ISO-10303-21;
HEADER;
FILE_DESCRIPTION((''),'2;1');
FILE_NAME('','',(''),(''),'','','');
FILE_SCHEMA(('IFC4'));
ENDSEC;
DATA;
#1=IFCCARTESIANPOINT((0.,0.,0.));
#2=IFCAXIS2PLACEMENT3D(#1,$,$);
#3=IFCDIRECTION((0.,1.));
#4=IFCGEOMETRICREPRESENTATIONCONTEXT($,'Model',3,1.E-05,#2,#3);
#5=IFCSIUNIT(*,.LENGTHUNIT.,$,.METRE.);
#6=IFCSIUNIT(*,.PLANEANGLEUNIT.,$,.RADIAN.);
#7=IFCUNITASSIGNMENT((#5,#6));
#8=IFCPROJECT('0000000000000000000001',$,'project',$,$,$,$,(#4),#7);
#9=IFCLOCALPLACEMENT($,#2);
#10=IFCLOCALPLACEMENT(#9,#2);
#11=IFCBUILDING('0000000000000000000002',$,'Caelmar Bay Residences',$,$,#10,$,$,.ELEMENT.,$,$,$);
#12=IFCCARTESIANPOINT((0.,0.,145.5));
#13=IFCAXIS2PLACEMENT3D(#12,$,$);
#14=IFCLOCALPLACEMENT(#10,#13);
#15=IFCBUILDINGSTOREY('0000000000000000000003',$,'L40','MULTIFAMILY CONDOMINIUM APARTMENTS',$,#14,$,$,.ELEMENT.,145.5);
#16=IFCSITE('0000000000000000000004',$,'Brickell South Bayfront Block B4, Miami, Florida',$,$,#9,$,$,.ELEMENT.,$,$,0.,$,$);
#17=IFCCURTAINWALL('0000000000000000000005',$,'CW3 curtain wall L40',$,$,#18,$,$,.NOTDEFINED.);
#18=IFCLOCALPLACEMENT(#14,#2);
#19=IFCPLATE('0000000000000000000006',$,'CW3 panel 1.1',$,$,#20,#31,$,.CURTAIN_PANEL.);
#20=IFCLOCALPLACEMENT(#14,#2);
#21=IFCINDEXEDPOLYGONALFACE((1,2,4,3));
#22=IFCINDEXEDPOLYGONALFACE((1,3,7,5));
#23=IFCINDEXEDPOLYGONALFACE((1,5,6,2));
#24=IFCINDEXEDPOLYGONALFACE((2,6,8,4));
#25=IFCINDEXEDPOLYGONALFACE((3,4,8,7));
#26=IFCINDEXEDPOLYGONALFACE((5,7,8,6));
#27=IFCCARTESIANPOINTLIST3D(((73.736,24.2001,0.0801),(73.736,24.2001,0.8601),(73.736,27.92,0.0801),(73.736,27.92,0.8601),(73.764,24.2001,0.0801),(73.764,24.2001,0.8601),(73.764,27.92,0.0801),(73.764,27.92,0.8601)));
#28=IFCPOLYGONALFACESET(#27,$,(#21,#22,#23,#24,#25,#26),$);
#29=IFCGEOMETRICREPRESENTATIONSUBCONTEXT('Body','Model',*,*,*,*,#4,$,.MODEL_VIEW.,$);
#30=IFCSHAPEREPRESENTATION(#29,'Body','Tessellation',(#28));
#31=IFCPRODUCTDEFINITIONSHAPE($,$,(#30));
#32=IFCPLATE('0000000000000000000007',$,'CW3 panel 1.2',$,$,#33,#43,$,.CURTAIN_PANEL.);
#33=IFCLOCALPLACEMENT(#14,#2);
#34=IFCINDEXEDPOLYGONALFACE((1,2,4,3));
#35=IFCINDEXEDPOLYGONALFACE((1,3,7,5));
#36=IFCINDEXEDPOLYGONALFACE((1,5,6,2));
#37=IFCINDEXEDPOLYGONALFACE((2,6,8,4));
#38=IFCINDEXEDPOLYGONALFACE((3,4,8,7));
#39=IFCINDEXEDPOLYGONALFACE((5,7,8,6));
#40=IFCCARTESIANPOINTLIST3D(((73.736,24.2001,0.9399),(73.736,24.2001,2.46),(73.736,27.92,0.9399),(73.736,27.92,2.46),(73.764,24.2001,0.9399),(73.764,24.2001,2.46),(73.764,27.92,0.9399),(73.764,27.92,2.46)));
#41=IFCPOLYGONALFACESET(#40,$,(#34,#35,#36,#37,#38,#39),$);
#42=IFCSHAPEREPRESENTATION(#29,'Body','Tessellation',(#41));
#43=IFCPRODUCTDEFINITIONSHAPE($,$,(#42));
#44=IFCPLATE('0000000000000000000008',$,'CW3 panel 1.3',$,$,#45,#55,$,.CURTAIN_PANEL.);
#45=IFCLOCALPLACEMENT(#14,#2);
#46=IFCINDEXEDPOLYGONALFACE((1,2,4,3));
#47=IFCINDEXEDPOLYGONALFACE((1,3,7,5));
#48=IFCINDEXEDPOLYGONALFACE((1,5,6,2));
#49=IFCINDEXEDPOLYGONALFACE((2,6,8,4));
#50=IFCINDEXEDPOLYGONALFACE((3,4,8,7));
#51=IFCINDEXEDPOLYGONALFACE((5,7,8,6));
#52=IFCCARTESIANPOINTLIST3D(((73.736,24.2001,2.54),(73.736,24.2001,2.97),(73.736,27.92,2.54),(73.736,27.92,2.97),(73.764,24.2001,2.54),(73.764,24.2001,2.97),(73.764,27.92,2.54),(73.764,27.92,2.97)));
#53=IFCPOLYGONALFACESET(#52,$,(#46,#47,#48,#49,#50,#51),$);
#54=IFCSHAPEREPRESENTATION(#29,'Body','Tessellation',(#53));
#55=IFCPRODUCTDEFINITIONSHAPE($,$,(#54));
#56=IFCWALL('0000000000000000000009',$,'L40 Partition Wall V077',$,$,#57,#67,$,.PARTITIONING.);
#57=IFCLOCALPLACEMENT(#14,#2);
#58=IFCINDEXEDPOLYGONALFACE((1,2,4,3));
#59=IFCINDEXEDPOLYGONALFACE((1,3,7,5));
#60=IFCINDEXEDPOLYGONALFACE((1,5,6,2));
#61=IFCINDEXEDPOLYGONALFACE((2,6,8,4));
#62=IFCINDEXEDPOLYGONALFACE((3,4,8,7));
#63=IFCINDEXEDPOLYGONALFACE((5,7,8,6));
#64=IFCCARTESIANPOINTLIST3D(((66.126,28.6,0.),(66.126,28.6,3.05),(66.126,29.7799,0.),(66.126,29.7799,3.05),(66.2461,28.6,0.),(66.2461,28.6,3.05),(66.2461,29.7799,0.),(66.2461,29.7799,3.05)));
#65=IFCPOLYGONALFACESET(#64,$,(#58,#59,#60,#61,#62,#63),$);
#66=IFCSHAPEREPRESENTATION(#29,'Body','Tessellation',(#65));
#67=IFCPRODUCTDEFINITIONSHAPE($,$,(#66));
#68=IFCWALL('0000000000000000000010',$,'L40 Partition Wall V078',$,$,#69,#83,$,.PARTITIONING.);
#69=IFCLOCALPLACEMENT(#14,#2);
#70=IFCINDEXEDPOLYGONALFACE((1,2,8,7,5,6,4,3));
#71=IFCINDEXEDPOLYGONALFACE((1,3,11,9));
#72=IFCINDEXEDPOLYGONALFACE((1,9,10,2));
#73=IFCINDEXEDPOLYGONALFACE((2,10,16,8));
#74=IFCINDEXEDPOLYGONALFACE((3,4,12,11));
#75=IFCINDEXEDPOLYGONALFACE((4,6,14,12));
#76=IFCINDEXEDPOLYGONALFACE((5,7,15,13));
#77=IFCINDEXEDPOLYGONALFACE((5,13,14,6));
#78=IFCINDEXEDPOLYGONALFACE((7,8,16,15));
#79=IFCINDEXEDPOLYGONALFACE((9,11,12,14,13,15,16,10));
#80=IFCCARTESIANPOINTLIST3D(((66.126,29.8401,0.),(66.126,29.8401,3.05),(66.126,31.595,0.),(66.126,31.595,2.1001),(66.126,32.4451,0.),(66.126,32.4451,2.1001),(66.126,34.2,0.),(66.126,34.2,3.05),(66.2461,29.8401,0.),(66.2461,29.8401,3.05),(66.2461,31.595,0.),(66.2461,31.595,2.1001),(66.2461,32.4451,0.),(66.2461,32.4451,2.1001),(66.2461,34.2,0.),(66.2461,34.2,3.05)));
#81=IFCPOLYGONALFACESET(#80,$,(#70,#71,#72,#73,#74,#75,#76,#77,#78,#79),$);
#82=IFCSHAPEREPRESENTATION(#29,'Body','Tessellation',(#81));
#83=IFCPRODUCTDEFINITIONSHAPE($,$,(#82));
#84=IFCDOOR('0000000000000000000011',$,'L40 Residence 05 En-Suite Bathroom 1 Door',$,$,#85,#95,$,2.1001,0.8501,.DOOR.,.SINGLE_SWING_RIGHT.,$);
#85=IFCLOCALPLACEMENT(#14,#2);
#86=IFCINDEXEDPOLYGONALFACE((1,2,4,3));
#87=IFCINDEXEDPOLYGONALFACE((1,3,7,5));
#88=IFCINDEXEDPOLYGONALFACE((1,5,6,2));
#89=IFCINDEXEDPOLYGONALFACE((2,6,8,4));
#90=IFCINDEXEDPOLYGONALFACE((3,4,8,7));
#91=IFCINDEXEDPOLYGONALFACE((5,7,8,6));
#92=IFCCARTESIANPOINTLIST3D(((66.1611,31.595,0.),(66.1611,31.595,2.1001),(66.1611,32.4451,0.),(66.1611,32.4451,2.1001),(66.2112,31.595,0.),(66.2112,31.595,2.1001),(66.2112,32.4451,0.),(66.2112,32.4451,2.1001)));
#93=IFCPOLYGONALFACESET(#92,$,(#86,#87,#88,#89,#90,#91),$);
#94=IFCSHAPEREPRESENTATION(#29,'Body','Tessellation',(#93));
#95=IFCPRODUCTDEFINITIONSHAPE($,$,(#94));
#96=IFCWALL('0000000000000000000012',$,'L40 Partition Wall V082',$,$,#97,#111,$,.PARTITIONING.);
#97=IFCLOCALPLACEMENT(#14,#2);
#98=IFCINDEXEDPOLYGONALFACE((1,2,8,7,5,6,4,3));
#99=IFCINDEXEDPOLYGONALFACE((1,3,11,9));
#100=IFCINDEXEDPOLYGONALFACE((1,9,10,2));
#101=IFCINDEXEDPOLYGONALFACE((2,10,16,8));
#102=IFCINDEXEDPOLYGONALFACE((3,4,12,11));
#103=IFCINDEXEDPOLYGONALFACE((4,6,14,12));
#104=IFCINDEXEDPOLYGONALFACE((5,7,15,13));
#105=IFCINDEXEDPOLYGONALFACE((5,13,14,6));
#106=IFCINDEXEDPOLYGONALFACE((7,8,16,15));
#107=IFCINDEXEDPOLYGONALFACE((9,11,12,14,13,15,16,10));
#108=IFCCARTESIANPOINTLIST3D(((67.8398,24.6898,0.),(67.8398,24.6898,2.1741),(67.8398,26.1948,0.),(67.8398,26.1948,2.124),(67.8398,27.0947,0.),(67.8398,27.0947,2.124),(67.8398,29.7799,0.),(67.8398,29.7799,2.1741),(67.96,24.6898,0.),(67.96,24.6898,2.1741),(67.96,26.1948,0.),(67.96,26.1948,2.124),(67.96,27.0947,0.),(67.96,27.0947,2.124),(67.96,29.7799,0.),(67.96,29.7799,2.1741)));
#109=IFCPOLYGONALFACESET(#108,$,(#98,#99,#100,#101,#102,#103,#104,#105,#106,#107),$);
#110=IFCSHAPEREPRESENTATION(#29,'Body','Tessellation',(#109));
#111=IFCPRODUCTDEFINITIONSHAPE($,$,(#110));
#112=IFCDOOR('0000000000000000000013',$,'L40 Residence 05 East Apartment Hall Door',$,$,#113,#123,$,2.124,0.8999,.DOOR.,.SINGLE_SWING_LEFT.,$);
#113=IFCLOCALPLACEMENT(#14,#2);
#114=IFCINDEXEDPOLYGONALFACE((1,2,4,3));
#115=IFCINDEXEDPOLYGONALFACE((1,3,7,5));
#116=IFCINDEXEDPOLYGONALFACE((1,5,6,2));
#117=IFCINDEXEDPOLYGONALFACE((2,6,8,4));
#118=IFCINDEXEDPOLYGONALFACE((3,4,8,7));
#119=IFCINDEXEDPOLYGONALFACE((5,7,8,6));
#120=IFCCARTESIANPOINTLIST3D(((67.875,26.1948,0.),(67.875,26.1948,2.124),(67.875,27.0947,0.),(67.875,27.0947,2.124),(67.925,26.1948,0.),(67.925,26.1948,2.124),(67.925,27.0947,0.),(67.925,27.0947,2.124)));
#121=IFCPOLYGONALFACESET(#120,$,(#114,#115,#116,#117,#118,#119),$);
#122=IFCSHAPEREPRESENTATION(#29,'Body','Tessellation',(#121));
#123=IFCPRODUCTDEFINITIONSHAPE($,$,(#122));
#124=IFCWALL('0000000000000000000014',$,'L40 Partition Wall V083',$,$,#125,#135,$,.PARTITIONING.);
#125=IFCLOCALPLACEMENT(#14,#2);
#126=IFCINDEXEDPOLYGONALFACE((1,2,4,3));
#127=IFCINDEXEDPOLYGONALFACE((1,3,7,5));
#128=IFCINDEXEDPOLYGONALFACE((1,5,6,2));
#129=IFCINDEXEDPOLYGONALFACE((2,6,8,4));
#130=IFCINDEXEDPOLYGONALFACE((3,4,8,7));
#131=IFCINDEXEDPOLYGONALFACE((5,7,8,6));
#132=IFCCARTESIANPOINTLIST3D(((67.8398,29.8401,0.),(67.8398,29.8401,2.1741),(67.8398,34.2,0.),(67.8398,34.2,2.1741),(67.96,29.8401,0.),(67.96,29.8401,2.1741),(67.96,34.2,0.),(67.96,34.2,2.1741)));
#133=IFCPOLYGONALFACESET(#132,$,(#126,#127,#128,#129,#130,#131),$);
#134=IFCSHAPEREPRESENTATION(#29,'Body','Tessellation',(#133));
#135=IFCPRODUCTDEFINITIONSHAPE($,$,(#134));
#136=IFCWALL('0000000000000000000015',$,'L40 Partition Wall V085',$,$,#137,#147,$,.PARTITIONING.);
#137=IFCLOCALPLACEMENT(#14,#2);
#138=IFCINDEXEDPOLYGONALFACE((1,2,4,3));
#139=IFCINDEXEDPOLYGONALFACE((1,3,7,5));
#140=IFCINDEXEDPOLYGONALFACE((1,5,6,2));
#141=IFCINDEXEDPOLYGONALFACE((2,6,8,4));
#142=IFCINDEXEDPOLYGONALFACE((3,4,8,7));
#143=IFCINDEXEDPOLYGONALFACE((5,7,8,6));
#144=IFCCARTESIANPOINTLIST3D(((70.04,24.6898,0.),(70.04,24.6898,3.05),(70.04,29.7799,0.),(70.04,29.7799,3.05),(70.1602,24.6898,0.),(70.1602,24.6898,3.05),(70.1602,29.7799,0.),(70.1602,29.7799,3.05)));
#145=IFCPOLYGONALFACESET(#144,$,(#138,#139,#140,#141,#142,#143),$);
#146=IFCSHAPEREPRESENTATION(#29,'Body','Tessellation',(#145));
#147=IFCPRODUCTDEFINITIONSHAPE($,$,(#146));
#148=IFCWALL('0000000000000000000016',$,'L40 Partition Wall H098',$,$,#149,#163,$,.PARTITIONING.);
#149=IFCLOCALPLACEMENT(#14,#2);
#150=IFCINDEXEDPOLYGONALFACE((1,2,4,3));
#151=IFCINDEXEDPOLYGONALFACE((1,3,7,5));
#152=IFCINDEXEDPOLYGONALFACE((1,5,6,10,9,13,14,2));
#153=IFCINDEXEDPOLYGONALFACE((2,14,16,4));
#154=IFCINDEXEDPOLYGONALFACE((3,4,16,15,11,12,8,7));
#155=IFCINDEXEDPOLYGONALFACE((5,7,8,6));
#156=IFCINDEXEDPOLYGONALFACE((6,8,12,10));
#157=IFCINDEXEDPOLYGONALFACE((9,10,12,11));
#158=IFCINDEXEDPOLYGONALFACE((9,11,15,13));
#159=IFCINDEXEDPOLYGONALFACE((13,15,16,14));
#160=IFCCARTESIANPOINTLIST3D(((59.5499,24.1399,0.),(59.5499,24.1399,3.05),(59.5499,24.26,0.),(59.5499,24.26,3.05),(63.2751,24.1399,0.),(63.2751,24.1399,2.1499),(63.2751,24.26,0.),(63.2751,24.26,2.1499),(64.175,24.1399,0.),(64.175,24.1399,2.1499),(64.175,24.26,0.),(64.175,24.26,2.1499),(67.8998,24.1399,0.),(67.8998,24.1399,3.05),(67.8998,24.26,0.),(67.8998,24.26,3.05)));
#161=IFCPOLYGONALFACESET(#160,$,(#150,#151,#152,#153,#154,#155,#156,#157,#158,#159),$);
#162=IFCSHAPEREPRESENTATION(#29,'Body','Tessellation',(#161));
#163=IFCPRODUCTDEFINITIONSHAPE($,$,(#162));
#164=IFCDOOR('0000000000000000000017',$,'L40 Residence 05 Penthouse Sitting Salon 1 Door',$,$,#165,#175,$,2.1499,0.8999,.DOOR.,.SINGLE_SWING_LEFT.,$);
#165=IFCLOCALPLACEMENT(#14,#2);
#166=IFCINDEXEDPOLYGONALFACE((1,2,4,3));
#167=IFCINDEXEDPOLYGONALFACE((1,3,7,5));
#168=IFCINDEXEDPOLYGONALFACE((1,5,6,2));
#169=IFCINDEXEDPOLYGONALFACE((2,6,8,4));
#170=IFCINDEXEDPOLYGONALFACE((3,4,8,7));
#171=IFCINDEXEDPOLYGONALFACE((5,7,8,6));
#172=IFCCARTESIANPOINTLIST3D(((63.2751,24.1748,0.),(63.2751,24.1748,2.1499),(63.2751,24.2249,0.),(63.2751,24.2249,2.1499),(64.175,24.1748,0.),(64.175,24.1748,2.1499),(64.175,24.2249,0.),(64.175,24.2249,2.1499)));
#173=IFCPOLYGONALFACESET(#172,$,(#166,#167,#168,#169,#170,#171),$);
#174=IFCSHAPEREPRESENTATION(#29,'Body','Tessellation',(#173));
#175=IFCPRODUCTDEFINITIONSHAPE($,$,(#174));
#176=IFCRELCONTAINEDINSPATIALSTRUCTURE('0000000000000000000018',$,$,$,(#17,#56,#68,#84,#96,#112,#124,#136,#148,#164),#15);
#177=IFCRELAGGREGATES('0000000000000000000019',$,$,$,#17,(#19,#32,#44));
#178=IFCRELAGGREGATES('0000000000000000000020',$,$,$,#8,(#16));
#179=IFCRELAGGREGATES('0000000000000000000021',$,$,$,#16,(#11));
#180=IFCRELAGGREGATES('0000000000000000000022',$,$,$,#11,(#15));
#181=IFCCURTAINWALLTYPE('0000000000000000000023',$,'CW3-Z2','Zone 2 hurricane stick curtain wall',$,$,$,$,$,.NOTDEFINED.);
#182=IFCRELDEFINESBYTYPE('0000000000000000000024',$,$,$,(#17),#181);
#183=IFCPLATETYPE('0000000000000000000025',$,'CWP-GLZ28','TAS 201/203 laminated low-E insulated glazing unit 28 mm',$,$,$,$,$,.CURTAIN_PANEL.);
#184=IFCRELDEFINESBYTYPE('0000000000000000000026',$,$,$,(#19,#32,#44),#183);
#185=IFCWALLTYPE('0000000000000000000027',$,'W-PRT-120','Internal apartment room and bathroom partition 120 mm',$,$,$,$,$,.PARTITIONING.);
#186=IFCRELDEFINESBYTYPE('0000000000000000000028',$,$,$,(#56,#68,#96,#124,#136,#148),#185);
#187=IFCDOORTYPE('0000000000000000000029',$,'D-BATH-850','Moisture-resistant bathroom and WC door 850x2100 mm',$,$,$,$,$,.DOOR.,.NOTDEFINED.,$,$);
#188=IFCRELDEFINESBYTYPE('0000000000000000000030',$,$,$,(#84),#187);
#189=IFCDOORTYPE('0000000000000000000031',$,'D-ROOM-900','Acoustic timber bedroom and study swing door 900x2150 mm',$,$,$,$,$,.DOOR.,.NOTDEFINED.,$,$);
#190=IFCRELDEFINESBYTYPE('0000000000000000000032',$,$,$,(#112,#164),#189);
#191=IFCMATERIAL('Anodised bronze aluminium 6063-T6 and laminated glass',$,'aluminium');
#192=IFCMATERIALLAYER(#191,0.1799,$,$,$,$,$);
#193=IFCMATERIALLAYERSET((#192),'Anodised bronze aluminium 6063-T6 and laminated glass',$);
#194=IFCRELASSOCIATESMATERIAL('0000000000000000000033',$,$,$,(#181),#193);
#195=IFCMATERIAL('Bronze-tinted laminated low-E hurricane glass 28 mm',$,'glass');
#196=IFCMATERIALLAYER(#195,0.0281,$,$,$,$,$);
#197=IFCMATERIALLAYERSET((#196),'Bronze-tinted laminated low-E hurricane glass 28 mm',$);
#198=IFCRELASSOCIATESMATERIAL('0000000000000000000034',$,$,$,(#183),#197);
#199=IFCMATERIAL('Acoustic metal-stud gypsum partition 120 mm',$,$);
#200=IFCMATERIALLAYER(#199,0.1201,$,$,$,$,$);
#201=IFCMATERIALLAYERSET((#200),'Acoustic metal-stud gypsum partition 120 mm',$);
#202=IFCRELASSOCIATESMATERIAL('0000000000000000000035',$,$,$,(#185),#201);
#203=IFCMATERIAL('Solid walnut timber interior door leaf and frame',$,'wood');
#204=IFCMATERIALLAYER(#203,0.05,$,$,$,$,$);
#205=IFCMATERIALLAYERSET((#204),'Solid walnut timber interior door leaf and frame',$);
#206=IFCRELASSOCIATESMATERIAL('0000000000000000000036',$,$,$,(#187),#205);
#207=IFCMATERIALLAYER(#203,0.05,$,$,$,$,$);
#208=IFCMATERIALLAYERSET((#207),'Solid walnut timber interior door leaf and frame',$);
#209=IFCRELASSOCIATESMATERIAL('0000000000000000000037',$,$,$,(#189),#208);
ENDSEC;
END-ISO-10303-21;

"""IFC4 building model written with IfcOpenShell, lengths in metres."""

from ifc_helpers import new_model, si_unit, direction, frame, frame_2d, origin, origin_2d, place, context, subcontext, project, spatial, rectangle, extrude, material, layer, layer_set, type_object, element, fill, aggregate, save


model = new_model("IFC4")

# Units and contexts
model_context = context("Model", 3, precision=1e-05, world=origin(), true_north=direction((0.0, 1.0)))
body_context = subcontext(model_context, "Body", "Model", "MODEL_VIEW")
ifc_project = project(units=[si_unit("LENGTHUNIT", "METRE"), si_unit("PLANEANGLEUNIT", "RADIAN")], contexts=[model_context])

# Site, building, storey
site_placement = place(None, origin())
site = spatial("IfcSite", under=ifc_project, at=site_placement, Name="Brickell South Bayfront Block B4, Miami, Florida", CompositionType="ELEMENT", RefElevation=0.0)
building_placement = place(site_placement, origin())
building = spatial("IfcBuilding", under=site, at=building_placement, Name="Caelmar Bay Residences", CompositionType="ELEMENT")
storey_placement = place(building_placement, frame((0.0, 0.0, 145.5)))
storey = spatial("IfcBuildingStorey", under=building, at=storey_placement, Name="L40", Description="MULTIFAMILY CONDOMINIUM APARTMENTS", CompositionType="ELEMENT", Elevation=145.5)

# Curtain wall, plates
ifc_material_1 = material(Name="Anodised bronze aluminium 6063-T6 and laminated glass", Category="aluminium")
ifc_layer_1 = layer(ifc_material_1, 0.1799)
ifc_layer_set_1 = layer_set([ifc_layer_1], Name="Anodised bronze aluminium 6063-T6 and laminated glass")
curtain_wall_type = type_object("IfcCurtainWallType", Name="CW3-Z2", Description="Zone 2 hurricane stick curtain wall", PredefinedType="NOTDEFINED", material=ifc_layer_set_1)
curtain_wall_placement = place(storey_placement, origin())
curtain_wall = element("IfcCurtainWall", 1, at=curtain_wall_placement, inside=storey, type_object=curtain_wall_type, Name="CW3 curtain wall L40", PredefinedType="NOTDEFINED")
ifc_material_2 = material(Name="Bronze-tinted laminated low-E hurricane glass 28 mm", Category="glass")
ifc_layer_2 = layer(ifc_material_2, 0.0281)
ifc_layer_set_2 = layer_set([ifc_layer_2], Name="Bronze-tinted laminated low-E hurricane glass 28 mm")
plate_type = type_object("IfcPlateType", Name="CWP-GLZ28", Description="TAS 201/203 laminated low-E insulated glazing unit 28 mm", PredefinedType="CURTAIN_PANEL", material=ifc_layer_set_2)
plate_1_placement = place(storey_placement, frame((73.75, 26.0601, 0.0801), z_axis=(0.0, 0.0, 1.0), x_axis=(0.0, -1.0, 0.0)))
plate_1 = element("IfcPlate", 2, at=plate_1_placement, type_object=plate_type, Name="CW3 panel 1.1", PredefinedType="CURTAIN_PANEL", context=body_context, shape_type="SweptSolid", body=[
    extrude(rectangle(XDim=3.72, YDim=0.0281, at=origin_2d()), origin(), (0.0, 0.0, 1.0), 0.78),
])
plate_2_placement = place(storey_placement, frame((73.75, 26.0601, 0.9399), z_axis=(0.0, 0.0, 1.0), x_axis=(0.0, -1.0, 0.0)))
plate_2 = element("IfcPlate", 3, at=plate_2_placement, type_object=plate_type, Name="CW3 panel 1.2", PredefinedType="CURTAIN_PANEL", context=body_context, shape_type="SweptSolid", body=[
    extrude(rectangle(XDim=3.72, YDim=0.0281, at=origin_2d()), origin(), (0.0, 0.0, 1.0), 1.52),
])
plate_3_placement = place(storey_placement, frame((73.75, 26.0601, 2.54), z_axis=(0.0, 0.0, 1.0), x_axis=(0.0, -1.0, 0.0)))
plate_3 = element("IfcPlate", 4, at=plate_3_placement, type_object=plate_type, Name="CW3 panel 1.3", PredefinedType="CURTAIN_PANEL", context=body_context, shape_type="SweptSolid", body=[
    extrude(rectangle(XDim=3.72, YDim=0.0281, at=origin_2d()), origin(), (0.0, 0.0, 1.0), 0.4299),
])
aggregate(curtain_wall, [plate_1, plate_2, plate_3])

# Wall
ifc_material_3 = material(Name="Acoustic metal-stud gypsum partition 120 mm")
ifc_layer_3 = layer(ifc_material_3, 0.1201)
ifc_layer_set_3 = layer_set([ifc_layer_3], Name="Acoustic metal-stud gypsum partition 120 mm")
wall_type = type_object("IfcWallType", Name="W-PRT-120", Description="Internal apartment room and bathroom partition 120 mm", PredefinedType="PARTITIONING", material=ifc_layer_set_3)
wall_1_placement = place(storey_placement, frame((66.186, 28.6001, 0.0), z_axis=(0.0, 0.0, 1.0), x_axis=(0.0, 1.0, 0.0)))
element("IfcWall", 5, at=wall_1_placement, inside=storey, type_object=wall_type, Name="L40 Partition Wall V077", PredefinedType="PARTITIONING", context=body_context, shape_type="SweptSolid", body=[
    extrude(rectangle(XDim=1.1799, YDim=0.1201, at=frame_2d((0.5898, 0.0))), origin(), (0.0, 0.0, 1.0), 3.05),
])

# Walls, openings, doors
wall_2_placement = place(storey_placement, frame((66.186, 29.8401, 0.0), z_axis=(0.0, 0.0, 1.0), x_axis=(0.0, 1.0, 0.0)))
wall_2 = element("IfcWall", 6, at=wall_2_placement, inside=storey, type_object=wall_type, Name="L40 Partition Wall V078", PredefinedType="PARTITIONING", context=body_context, shape_type="SweptSolid", body=[
    extrude(rectangle(XDim=4.3599, YDim=0.1201, at=frame_2d((2.1799, 0.0))), origin(), (0.0, 0.0, 1.0), 3.05),
])
opening_1_placement = place(wall_2_placement, frame((1.7549, 0.0, 0.0)))
opening_1 = element("IfcOpeningElement", 7, at=opening_1_placement, cuts=wall_2, PredefinedType="OPENING", context=body_context, shape_type="SweptSolid", body=[
    extrude(rectangle(XDim=0.8501, YDim=2.1001, at=frame_2d((0.425, 1.05))), frame((0.0, 0.0701, 0.0), z_axis=(0.0, -1.0, 0.0), x_axis=(1.0, 0.0, 0.0)), (0.0, 0.0, 1.0), 0.1401),
])
ifc_material_4 = material(Name="Solid walnut timber interior door leaf and frame", Category="wood")
ifc_layer_4 = layer(ifc_material_4, 0.05)
ifc_layer_set_4 = layer_set([ifc_layer_4], Name="Solid walnut timber interior door leaf and frame")
door_type_1 = type_object("IfcDoorType", Name="D-BATH-850", Description="Moisture-resistant bathroom and WC door 850x2100 mm", OperationType="NOTDEFINED", PredefinedType="DOOR", material=ifc_layer_set_4)
door_1_placement = place(opening_1_placement, origin())
door_1 = element("IfcDoor", 8, at=door_1_placement, inside=storey, type_object=door_type_1, Name="L40 Residence 05 En-Suite Bathroom 1 Door", OperationType="SINGLE_SWING_RIGHT", OverallHeight=2.1001, OverallWidth=0.8501, PredefinedType="DOOR", context=body_context, shape_type="SweptSolid", body=[
    extrude(rectangle(XDim=0.8501, YDim=2.1001, at=frame_2d((0.425, 1.05))), frame((0.0, 0.0249, 0.0), z_axis=(0.0, -1.0, 0.0), x_axis=(1.0, 0.0, 0.0)), (0.0, 0.0, 1.0), 0.05),
])
fill(opening_1, door_1)
wall_3_placement = place(storey_placement, frame((67.8999, 24.6899, 0.0), z_axis=(0.0, 0.0, 1.0), x_axis=(0.0, 1.0, 0.0)))
wall_3 = element("IfcWall", 9, at=wall_3_placement, inside=storey, type_object=wall_type, Name="L40 Partition Wall V082", PredefinedType="PARTITIONING", context=body_context, shape_type="SweptSolid", body=[
    extrude(rectangle(XDim=5.0901, YDim=0.1201, at=frame_2d((2.5449, 0.0))), origin(), (0.0, 0.0, 1.0), 2.1741),
])
opening_2_placement = place(wall_3_placement, frame((1.5049, 0.0, 0.0)))
opening_2 = element("IfcOpeningElement", 10, at=opening_2_placement, cuts=wall_3, PredefinedType="OPENING", context=body_context, shape_type="SweptSolid", body=[
    extrude(rectangle(XDim=0.8999, YDim=2.124, at=frame_2d((0.45, 1.062))), frame((0.0, 0.0701, 0.0), z_axis=(0.0, -1.0, 0.0), x_axis=(1.0, 0.0, 0.0)), (0.0, 0.0, 1.0), 0.1401),
])
ifc_layer_5 = layer(ifc_material_4, 0.05)
ifc_layer_set_5 = layer_set([ifc_layer_5], Name="Solid walnut timber interior door leaf and frame")
door_type_2 = type_object("IfcDoorType", Name="D-ROOM-900", Description="Acoustic timber bedroom and study swing door 900x2150 mm", OperationType="NOTDEFINED", PredefinedType="DOOR", material=ifc_layer_set_5)
door_2_placement = place(opening_2_placement, origin())
door_2 = element("IfcDoor", 11, at=door_2_placement, inside=storey, type_object=door_type_2, Name="L40 Residence 05 East Apartment Hall Door", OperationType="SINGLE_SWING_LEFT", OverallHeight=2.124, OverallWidth=0.8999, PredefinedType="DOOR", context=body_context, shape_type="SweptSolid", body=[
    extrude(rectangle(XDim=0.8999, YDim=2.124, at=frame_2d((0.45, 1.062))), frame((0.0, 0.0249, 0.0), z_axis=(0.0, -1.0, 0.0), x_axis=(1.0, 0.0, 0.0)), (0.0, 0.0, 1.0), 0.05),
])
fill(opening_2, door_2)

# Walls
wall_4_placement = place(storey_placement, frame((67.8999, 29.8401, 0.0), z_axis=(0.0, 0.0, 1.0), x_axis=(0.0, 1.0, 0.0)))
element("IfcWall", 12, at=wall_4_placement, inside=storey, type_object=wall_type, Name="L40 Partition Wall V083", PredefinedType="PARTITIONING", context=body_context, shape_type="SweptSolid", body=[
    extrude(rectangle(XDim=4.3599, YDim=0.1201, at=frame_2d((2.1799, 0.0))), origin(), (0.0, 0.0, 1.0), 2.1741),
])
wall_5_placement = place(storey_placement, frame((70.1001, 24.6899, 0.0), z_axis=(0.0, 0.0, 1.0), x_axis=(0.0, 1.0, 0.0)))
element("IfcWall", 13, at=wall_5_placement, inside=storey, type_object=wall_type, Name="L40 Partition Wall V085", PredefinedType="PARTITIONING", context=body_context, shape_type="SweptSolid", body=[
    extrude(rectangle(XDim=5.0901, YDim=0.1201, at=frame_2d((2.5449, 0.0))), origin(), (0.0, 0.0, 1.0), 3.05),
])

# Wall, opening, door
wall_6_placement = place(storey_placement, frame((59.55, 24.2, 0.0), z_axis=(0.0, 0.0, 1.0), x_axis=(1.0, 0.0, 0.0)))
wall_6 = element("IfcWall", 14, at=wall_6_placement, inside=storey, type_object=wall_type, Name="L40 Partition Wall H098", PredefinedType="PARTITIONING", context=body_context, shape_type="SweptSolid", body=[
    extrude(rectangle(XDim=8.3499, YDim=0.1201, at=frame_2d((4.1748, 0.0))), origin(), (0.0, 0.0, 1.0), 3.05),
])
opening_3_placement = place(wall_6_placement, frame((3.7251, 0.0, 0.0)))
opening_3 = element("IfcOpeningElement", 15, at=opening_3_placement, cuts=wall_6, PredefinedType="OPENING", context=body_context, shape_type="SweptSolid", body=[
    extrude(rectangle(XDim=0.8999, YDim=2.1499, at=frame_2d((0.45, 1.075))), frame((0.0, 0.0701, 0.0), z_axis=(0.0, -1.0, 0.0), x_axis=(1.0, 0.0, 0.0)), (0.0, 0.0, 1.0), 0.1401),
])
door_3_placement = place(opening_3_placement, origin())
door_3 = element("IfcDoor", 16, at=door_3_placement, inside=storey, type_object=door_type_2, Name="L40 Residence 05 Penthouse Sitting Salon 1 Door", OperationType="SINGLE_SWING_LEFT", OverallHeight=2.1499, OverallWidth=0.8999, PredefinedType="DOOR", context=body_context, shape_type="SweptSolid", body=[
    extrude(rectangle(XDim=0.8999, YDim=2.1499, at=frame_2d((0.45, 1.075))), frame((0.0, 0.0249, 0.0), z_axis=(0.0, -1.0, 0.0), x_axis=(1.0, 0.0, 0.0)), (0.0, 0.0, 1.0), 0.05),
])
fill(opening_3, door_3)

save(model, "model.ifc")
